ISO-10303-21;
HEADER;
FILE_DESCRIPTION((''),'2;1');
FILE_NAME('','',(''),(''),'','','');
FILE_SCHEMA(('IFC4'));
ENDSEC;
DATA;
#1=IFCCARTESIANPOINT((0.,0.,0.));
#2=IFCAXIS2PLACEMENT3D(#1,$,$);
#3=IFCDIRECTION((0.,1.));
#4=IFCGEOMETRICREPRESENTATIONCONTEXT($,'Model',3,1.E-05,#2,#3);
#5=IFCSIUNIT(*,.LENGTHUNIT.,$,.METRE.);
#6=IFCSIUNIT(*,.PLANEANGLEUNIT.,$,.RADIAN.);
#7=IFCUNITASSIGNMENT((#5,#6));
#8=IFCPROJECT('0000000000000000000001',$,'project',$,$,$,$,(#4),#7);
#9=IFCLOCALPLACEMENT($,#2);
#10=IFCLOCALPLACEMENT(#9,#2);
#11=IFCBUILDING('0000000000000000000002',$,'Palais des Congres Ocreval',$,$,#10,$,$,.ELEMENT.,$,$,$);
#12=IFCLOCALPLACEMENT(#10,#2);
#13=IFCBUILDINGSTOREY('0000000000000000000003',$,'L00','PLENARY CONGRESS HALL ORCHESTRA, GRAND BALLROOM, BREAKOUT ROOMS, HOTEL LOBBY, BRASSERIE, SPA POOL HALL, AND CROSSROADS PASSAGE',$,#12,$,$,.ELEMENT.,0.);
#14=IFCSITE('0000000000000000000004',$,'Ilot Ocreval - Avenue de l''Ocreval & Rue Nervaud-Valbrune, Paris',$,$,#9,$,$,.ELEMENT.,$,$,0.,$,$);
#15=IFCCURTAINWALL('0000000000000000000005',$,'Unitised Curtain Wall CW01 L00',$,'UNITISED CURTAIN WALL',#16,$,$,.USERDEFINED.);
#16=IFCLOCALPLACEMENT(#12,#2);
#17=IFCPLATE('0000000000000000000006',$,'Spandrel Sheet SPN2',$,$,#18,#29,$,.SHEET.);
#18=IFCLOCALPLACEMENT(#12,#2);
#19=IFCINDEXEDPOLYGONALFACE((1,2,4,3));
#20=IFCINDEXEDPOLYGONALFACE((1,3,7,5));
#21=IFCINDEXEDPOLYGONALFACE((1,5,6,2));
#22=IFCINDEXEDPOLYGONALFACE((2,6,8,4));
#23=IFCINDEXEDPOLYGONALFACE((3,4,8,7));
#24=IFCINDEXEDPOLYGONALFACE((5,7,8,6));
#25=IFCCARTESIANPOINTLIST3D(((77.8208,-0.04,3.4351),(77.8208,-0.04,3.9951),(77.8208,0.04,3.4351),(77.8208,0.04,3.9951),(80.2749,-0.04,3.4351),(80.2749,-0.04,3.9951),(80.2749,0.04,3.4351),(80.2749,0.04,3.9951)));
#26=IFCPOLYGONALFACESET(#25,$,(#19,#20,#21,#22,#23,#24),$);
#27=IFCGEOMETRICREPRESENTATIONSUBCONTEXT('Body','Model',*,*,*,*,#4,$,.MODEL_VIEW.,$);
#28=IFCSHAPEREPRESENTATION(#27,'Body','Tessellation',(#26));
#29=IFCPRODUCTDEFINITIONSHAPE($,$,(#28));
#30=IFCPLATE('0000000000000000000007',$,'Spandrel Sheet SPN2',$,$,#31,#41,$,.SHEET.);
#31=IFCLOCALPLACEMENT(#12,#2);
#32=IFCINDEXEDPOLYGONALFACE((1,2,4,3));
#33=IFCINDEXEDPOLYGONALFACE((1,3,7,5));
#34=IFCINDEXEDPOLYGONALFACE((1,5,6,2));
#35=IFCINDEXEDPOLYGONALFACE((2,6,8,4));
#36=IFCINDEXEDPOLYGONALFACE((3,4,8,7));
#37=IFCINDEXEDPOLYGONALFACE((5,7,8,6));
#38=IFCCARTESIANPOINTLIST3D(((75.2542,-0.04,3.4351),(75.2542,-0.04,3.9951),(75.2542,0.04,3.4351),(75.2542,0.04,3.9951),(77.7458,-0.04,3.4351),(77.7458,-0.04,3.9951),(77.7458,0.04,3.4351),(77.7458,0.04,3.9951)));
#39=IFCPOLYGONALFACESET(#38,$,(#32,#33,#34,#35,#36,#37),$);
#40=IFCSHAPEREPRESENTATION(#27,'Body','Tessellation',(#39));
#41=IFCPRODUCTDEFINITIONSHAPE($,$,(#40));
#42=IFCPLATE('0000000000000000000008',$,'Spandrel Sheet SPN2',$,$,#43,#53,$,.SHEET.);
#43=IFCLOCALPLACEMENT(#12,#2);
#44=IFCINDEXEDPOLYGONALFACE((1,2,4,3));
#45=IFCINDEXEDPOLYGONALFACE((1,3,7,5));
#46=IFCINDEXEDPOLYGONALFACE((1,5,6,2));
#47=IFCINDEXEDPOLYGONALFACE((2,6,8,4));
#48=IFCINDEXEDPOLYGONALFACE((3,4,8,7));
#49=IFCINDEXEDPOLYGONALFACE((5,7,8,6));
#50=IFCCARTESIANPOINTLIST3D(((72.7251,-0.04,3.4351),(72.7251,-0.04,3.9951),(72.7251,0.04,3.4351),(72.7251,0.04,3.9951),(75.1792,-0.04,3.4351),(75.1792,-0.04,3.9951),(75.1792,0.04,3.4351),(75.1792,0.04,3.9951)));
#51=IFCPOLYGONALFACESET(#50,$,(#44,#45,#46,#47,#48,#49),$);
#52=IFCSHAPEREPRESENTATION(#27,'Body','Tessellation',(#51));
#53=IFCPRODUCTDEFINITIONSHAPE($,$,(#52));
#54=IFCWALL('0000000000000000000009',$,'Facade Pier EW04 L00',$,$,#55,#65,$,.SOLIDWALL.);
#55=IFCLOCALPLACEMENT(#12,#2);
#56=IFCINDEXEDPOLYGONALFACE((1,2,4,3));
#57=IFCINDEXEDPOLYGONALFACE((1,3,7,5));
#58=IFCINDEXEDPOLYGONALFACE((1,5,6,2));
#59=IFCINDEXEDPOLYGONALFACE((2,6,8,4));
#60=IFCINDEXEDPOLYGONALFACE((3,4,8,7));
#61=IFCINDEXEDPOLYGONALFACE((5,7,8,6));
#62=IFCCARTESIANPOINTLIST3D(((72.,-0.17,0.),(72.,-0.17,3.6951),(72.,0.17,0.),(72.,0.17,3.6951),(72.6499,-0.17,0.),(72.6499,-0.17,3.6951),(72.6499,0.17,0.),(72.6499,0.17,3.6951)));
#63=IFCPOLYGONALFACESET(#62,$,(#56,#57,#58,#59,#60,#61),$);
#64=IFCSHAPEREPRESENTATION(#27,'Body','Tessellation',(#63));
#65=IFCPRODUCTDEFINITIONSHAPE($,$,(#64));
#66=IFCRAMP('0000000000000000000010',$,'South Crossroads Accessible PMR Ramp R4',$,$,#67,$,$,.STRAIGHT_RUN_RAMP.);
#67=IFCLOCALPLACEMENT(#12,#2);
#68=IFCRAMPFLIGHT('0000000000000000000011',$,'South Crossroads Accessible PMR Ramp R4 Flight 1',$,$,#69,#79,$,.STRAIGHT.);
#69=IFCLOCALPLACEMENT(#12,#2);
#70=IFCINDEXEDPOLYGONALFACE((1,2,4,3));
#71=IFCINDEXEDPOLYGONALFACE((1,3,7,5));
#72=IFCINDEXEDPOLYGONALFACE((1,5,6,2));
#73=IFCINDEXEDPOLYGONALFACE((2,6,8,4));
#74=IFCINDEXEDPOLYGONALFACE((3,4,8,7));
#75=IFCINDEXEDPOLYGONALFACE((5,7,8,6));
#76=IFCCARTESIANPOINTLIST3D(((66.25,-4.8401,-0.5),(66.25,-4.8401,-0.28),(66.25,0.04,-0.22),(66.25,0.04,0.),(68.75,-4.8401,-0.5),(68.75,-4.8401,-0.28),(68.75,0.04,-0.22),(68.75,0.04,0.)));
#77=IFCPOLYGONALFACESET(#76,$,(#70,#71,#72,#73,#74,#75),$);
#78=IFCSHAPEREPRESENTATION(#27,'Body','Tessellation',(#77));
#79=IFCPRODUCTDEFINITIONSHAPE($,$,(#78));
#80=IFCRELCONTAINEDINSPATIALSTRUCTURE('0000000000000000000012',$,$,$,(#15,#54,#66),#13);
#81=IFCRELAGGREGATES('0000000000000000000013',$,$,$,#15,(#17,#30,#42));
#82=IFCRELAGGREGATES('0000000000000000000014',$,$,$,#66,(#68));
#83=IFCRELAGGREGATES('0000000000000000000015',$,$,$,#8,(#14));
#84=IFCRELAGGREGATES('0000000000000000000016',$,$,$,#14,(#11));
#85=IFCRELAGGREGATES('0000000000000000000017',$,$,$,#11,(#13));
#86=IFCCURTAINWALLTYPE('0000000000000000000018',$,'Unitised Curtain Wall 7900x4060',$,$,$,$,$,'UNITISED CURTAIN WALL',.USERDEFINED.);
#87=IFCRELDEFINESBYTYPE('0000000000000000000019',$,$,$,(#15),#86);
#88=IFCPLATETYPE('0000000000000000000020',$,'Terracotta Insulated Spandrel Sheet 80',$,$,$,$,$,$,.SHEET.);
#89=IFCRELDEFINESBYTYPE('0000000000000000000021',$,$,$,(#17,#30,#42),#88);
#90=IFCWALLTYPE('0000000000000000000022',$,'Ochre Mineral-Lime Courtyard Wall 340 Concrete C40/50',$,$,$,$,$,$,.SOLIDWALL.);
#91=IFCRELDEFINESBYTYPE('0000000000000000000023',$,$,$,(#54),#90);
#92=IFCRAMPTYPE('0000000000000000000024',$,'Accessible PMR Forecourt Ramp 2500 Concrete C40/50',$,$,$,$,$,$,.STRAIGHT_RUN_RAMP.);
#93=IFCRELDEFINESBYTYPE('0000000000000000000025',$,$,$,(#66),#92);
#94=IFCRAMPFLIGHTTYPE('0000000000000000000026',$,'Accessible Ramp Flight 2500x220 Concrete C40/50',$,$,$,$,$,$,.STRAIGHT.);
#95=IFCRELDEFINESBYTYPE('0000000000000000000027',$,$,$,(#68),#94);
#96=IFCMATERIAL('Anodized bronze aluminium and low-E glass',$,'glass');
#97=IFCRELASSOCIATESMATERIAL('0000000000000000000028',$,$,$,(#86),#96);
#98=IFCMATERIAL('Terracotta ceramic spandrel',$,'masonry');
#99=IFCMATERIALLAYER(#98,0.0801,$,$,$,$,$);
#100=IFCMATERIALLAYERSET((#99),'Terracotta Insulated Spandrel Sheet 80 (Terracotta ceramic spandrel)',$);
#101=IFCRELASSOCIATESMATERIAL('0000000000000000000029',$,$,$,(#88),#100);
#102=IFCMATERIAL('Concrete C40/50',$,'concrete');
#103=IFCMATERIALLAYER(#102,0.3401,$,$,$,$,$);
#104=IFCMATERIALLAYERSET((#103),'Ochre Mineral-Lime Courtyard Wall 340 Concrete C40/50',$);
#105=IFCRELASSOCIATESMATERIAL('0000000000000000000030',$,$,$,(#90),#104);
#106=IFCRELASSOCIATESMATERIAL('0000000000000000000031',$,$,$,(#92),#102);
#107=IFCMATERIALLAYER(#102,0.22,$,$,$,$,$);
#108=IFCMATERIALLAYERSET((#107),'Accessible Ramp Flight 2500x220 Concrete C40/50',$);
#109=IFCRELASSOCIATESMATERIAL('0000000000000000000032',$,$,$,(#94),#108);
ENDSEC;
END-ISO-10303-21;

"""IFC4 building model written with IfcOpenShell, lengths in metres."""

from ifc_helpers import new_model, si_unit, direction, frame, frame_2d, origin, origin_2d, place, context, subcontext, project, spatial, polyline, rectangle, outline, extrude, material, layer, layer_set, type_object, element, aggregate, save


model = new_model("IFC4")

# Units and contexts
model_context = context("Model", 3, precision=1e-05, world=origin(), true_north=direction((0.0, 1.0)))
body_context = subcontext(model_context, "Body", "Model", "MODEL_VIEW")
ifc_project = project(units=[si_unit("LENGTHUNIT", "METRE"), si_unit("PLANEANGLEUNIT", "RADIAN")], contexts=[model_context])

# Site, building, storey
site_placement = place(None, origin())
site = spatial("IfcSite", under=ifc_project, at=site_placement, Name="Ilot Ocreval - Avenue de l'Ocreval & Rue Nervaud-Valbrune, Paris", CompositionType="ELEMENT", RefElevation=0.0)
building_placement = place(site_placement, origin())
building = spatial("IfcBuilding", under=site, at=building_placement, Name="Palais des Congres Ocreval", CompositionType="ELEMENT")
storey_placement = place(building_placement, origin())
storey = spatial("IfcBuildingStorey", under=building, at=storey_placement, Name="L00", Description="PLENARY CONGRESS HALL ORCHESTRA, GRAND BALLROOM, BREAKOUT ROOMS, HOTEL LOBBY, BRASSERIE, SPA POOL HALL, AND CROSSROADS PASSAGE", CompositionType="ELEMENT", Elevation=0.0)

# Curtain wall
ifc_material_1 = material(Name="Anodized bronze aluminium and low-E glass", Category="glass")
curtain_wall_type = type_object("IfcCurtainWallType", Name="Unitised Curtain Wall 7900x4060", ElementType="UNITISED CURTAIN WALL", PredefinedType="USERDEFINED", material=ifc_material_1)
curtain_wall_placement = place(storey_placement, origin())
curtain_wall = element("IfcCurtainWall", 1, at=curtain_wall_placement, inside=storey, type_object=curtain_wall_type, Name="Unitised Curtain Wall CW01 L00", ObjectType="UNITISED CURTAIN WALL", PredefinedType="USERDEFINED")

# Plates
ifc_material_2 = material(Name="Terracotta ceramic spandrel", Category="masonry")
ifc_layer_1 = layer(ifc_material_2, 0.0801)
ifc_layer_set_1 = layer_set([ifc_layer_1], Name="Terracotta Insulated Spandrel Sheet 80 (Terracotta ceramic spandrel)")
plate_type_1 = type_object("IfcPlateType", Name="Terracotta Insulated Spandrel Sheet 80", PredefinedType="SHEET", material=ifc_layer_set_1)
plate_1_placement = place(storey_placement, frame((79.0479, 0.0, 3.4351), z_axis=(0.0, 0.0, 1.0), x_axis=(-1.0, 0.0, 0.0)))
plate_1 = element("IfcPlate", 2, at=plate_1_placement, type_object=plate_type_1, Name="Spandrel Sheet SPN2", PredefinedType="SHEET", context=body_context, shape_type="SweptSolid", body=[
    extrude(rectangle(XDim=2.4541, YDim=0.0801, at=origin_2d()), origin(), (0.0, 0.0, 1.0), 0.5601),
])
plate_2_placement = place(storey_placement, frame((76.5, 0.0, 3.4351), z_axis=(0.0, 0.0, 1.0), x_axis=(-1.0, 0.0, 0.0)))
plate_2 = element("IfcPlate", 3, at=plate_2_placement, type_object=plate_type_1, Name="Spandrel Sheet SPN2", PredefinedType="SHEET", context=body_context, shape_type="SweptSolid", body=[
    extrude(rectangle(XDim=2.4917, YDim=0.0801, at=origin_2d()), origin(), (0.0, 0.0, 1.0), 0.5601),
])
plate_3_placement = place(storey_placement, frame((73.9521, 0.0, 3.4351), z_axis=(0.0, 0.0, 1.0), x_axis=(-1.0, 0.0, 0.0)))
plate_3 = element("IfcPlate", 4, at=plate_3_placement, type_object=plate_type_1, Name="Spandrel Sheet SPN2", PredefinedType="SHEET", context=body_context, shape_type="SweptSolid", body=[
    extrude(rectangle(XDim=2.4541, YDim=0.0801, at=origin_2d()), origin(), (0.0, 0.0, 1.0), 0.5601),
])
aggregate(curtain_wall, [plate_1, plate_2, plate_3])

# Shared definitions
ifc_material_3 = material(Name="Concrete C40/50", Category="concrete")

# Wall
ifc_layer_2 = layer(ifc_material_3, 0.3401)
ifc_layer_set_2 = layer_set([ifc_layer_2], Name="Ochre Mineral-Lime Courtyard Wall 340 Concrete C40/50")
wall_type_1 = type_object("IfcWallType", Name="Ochre Mineral-Lime Courtyard Wall 340 Concrete C40/50", PredefinedType="SOLIDWALL", material=ifc_layer_set_2)
wall_1_placement = place(storey_placement, frame((72.6499, 0.0, 0.0), z_axis=(0.0, 0.0, 1.0), x_axis=(-1.0, 0.0, 0.0)))
element("IfcWall", 5, at=wall_1_placement, inside=storey, type_object=wall_type_1, Name="Facade Pier EW04 L00", PredefinedType="SOLIDWALL", context=body_context, shape_type="SweptSolid", body=[
    extrude(rectangle(XDim=0.6499, YDim=0.3401, at=frame_2d((0.325, 0.0))), origin(), (0.0, 0.0, 1.0), 3.6951),
])

# Ramp, ramp flight
ramp_type = type_object("IfcRampType", Name="Accessible PMR Forecourt Ramp 2500 Concrete C40/50", PredefinedType="STRAIGHT_RUN_RAMP", material=ifc_material_3)
ramp_placement = place(storey_placement, origin())
ramp = element("IfcRamp", 6, at=ramp_placement, inside=storey, type_object=ramp_type, Name="South Crossroads Accessible PMR Ramp R4", PredefinedType="STRAIGHT_RUN_RAMP")
ifc_layer_3 = layer(ifc_material_3, 0.22)
ifc_layer_set_3 = layer_set([ifc_layer_3], Name="Accessible Ramp Flight 2500x220 Concrete C40/50")
ramp_flight_type = type_object("IfcRampFlightType", Name="Accessible Ramp Flight 2500x220 Concrete C40/50", PredefinedType="STRAIGHT", material=ifc_layer_set_3)
ramp_flight_placement = place(storey_placement, frame((67.5, -4.8, -0.28), z_axis=(0.0, 0.0, 1.0), x_axis=(0.0, 1.0, 0.0)))
ramp_flight = element("IfcRampFlight", 7, at=ramp_flight_placement, type_object=ramp_flight_type, Name="South Crossroads Accessible PMR Ramp R4 Flight 1", PredefinedType="STRAIGHT", context=body_context, shape_type="SweptSolid", body=[
    extrude(outline(polyline([(-0.04, 0.0), (4.8401, 0.28), (4.8401, 0.0601), (-0.04, -0.22), (-0.04, 0.0)])), frame((0.0, 1.25, 0.0), z_axis=(0.0, -1.0, 0.0), x_axis=(1.0, 0.0, 0.0)), (0.0, 0.0, 1.0), 2.5),
])
aggregate(ramp, [ramp_flight])

save(model, "model.ifc")
